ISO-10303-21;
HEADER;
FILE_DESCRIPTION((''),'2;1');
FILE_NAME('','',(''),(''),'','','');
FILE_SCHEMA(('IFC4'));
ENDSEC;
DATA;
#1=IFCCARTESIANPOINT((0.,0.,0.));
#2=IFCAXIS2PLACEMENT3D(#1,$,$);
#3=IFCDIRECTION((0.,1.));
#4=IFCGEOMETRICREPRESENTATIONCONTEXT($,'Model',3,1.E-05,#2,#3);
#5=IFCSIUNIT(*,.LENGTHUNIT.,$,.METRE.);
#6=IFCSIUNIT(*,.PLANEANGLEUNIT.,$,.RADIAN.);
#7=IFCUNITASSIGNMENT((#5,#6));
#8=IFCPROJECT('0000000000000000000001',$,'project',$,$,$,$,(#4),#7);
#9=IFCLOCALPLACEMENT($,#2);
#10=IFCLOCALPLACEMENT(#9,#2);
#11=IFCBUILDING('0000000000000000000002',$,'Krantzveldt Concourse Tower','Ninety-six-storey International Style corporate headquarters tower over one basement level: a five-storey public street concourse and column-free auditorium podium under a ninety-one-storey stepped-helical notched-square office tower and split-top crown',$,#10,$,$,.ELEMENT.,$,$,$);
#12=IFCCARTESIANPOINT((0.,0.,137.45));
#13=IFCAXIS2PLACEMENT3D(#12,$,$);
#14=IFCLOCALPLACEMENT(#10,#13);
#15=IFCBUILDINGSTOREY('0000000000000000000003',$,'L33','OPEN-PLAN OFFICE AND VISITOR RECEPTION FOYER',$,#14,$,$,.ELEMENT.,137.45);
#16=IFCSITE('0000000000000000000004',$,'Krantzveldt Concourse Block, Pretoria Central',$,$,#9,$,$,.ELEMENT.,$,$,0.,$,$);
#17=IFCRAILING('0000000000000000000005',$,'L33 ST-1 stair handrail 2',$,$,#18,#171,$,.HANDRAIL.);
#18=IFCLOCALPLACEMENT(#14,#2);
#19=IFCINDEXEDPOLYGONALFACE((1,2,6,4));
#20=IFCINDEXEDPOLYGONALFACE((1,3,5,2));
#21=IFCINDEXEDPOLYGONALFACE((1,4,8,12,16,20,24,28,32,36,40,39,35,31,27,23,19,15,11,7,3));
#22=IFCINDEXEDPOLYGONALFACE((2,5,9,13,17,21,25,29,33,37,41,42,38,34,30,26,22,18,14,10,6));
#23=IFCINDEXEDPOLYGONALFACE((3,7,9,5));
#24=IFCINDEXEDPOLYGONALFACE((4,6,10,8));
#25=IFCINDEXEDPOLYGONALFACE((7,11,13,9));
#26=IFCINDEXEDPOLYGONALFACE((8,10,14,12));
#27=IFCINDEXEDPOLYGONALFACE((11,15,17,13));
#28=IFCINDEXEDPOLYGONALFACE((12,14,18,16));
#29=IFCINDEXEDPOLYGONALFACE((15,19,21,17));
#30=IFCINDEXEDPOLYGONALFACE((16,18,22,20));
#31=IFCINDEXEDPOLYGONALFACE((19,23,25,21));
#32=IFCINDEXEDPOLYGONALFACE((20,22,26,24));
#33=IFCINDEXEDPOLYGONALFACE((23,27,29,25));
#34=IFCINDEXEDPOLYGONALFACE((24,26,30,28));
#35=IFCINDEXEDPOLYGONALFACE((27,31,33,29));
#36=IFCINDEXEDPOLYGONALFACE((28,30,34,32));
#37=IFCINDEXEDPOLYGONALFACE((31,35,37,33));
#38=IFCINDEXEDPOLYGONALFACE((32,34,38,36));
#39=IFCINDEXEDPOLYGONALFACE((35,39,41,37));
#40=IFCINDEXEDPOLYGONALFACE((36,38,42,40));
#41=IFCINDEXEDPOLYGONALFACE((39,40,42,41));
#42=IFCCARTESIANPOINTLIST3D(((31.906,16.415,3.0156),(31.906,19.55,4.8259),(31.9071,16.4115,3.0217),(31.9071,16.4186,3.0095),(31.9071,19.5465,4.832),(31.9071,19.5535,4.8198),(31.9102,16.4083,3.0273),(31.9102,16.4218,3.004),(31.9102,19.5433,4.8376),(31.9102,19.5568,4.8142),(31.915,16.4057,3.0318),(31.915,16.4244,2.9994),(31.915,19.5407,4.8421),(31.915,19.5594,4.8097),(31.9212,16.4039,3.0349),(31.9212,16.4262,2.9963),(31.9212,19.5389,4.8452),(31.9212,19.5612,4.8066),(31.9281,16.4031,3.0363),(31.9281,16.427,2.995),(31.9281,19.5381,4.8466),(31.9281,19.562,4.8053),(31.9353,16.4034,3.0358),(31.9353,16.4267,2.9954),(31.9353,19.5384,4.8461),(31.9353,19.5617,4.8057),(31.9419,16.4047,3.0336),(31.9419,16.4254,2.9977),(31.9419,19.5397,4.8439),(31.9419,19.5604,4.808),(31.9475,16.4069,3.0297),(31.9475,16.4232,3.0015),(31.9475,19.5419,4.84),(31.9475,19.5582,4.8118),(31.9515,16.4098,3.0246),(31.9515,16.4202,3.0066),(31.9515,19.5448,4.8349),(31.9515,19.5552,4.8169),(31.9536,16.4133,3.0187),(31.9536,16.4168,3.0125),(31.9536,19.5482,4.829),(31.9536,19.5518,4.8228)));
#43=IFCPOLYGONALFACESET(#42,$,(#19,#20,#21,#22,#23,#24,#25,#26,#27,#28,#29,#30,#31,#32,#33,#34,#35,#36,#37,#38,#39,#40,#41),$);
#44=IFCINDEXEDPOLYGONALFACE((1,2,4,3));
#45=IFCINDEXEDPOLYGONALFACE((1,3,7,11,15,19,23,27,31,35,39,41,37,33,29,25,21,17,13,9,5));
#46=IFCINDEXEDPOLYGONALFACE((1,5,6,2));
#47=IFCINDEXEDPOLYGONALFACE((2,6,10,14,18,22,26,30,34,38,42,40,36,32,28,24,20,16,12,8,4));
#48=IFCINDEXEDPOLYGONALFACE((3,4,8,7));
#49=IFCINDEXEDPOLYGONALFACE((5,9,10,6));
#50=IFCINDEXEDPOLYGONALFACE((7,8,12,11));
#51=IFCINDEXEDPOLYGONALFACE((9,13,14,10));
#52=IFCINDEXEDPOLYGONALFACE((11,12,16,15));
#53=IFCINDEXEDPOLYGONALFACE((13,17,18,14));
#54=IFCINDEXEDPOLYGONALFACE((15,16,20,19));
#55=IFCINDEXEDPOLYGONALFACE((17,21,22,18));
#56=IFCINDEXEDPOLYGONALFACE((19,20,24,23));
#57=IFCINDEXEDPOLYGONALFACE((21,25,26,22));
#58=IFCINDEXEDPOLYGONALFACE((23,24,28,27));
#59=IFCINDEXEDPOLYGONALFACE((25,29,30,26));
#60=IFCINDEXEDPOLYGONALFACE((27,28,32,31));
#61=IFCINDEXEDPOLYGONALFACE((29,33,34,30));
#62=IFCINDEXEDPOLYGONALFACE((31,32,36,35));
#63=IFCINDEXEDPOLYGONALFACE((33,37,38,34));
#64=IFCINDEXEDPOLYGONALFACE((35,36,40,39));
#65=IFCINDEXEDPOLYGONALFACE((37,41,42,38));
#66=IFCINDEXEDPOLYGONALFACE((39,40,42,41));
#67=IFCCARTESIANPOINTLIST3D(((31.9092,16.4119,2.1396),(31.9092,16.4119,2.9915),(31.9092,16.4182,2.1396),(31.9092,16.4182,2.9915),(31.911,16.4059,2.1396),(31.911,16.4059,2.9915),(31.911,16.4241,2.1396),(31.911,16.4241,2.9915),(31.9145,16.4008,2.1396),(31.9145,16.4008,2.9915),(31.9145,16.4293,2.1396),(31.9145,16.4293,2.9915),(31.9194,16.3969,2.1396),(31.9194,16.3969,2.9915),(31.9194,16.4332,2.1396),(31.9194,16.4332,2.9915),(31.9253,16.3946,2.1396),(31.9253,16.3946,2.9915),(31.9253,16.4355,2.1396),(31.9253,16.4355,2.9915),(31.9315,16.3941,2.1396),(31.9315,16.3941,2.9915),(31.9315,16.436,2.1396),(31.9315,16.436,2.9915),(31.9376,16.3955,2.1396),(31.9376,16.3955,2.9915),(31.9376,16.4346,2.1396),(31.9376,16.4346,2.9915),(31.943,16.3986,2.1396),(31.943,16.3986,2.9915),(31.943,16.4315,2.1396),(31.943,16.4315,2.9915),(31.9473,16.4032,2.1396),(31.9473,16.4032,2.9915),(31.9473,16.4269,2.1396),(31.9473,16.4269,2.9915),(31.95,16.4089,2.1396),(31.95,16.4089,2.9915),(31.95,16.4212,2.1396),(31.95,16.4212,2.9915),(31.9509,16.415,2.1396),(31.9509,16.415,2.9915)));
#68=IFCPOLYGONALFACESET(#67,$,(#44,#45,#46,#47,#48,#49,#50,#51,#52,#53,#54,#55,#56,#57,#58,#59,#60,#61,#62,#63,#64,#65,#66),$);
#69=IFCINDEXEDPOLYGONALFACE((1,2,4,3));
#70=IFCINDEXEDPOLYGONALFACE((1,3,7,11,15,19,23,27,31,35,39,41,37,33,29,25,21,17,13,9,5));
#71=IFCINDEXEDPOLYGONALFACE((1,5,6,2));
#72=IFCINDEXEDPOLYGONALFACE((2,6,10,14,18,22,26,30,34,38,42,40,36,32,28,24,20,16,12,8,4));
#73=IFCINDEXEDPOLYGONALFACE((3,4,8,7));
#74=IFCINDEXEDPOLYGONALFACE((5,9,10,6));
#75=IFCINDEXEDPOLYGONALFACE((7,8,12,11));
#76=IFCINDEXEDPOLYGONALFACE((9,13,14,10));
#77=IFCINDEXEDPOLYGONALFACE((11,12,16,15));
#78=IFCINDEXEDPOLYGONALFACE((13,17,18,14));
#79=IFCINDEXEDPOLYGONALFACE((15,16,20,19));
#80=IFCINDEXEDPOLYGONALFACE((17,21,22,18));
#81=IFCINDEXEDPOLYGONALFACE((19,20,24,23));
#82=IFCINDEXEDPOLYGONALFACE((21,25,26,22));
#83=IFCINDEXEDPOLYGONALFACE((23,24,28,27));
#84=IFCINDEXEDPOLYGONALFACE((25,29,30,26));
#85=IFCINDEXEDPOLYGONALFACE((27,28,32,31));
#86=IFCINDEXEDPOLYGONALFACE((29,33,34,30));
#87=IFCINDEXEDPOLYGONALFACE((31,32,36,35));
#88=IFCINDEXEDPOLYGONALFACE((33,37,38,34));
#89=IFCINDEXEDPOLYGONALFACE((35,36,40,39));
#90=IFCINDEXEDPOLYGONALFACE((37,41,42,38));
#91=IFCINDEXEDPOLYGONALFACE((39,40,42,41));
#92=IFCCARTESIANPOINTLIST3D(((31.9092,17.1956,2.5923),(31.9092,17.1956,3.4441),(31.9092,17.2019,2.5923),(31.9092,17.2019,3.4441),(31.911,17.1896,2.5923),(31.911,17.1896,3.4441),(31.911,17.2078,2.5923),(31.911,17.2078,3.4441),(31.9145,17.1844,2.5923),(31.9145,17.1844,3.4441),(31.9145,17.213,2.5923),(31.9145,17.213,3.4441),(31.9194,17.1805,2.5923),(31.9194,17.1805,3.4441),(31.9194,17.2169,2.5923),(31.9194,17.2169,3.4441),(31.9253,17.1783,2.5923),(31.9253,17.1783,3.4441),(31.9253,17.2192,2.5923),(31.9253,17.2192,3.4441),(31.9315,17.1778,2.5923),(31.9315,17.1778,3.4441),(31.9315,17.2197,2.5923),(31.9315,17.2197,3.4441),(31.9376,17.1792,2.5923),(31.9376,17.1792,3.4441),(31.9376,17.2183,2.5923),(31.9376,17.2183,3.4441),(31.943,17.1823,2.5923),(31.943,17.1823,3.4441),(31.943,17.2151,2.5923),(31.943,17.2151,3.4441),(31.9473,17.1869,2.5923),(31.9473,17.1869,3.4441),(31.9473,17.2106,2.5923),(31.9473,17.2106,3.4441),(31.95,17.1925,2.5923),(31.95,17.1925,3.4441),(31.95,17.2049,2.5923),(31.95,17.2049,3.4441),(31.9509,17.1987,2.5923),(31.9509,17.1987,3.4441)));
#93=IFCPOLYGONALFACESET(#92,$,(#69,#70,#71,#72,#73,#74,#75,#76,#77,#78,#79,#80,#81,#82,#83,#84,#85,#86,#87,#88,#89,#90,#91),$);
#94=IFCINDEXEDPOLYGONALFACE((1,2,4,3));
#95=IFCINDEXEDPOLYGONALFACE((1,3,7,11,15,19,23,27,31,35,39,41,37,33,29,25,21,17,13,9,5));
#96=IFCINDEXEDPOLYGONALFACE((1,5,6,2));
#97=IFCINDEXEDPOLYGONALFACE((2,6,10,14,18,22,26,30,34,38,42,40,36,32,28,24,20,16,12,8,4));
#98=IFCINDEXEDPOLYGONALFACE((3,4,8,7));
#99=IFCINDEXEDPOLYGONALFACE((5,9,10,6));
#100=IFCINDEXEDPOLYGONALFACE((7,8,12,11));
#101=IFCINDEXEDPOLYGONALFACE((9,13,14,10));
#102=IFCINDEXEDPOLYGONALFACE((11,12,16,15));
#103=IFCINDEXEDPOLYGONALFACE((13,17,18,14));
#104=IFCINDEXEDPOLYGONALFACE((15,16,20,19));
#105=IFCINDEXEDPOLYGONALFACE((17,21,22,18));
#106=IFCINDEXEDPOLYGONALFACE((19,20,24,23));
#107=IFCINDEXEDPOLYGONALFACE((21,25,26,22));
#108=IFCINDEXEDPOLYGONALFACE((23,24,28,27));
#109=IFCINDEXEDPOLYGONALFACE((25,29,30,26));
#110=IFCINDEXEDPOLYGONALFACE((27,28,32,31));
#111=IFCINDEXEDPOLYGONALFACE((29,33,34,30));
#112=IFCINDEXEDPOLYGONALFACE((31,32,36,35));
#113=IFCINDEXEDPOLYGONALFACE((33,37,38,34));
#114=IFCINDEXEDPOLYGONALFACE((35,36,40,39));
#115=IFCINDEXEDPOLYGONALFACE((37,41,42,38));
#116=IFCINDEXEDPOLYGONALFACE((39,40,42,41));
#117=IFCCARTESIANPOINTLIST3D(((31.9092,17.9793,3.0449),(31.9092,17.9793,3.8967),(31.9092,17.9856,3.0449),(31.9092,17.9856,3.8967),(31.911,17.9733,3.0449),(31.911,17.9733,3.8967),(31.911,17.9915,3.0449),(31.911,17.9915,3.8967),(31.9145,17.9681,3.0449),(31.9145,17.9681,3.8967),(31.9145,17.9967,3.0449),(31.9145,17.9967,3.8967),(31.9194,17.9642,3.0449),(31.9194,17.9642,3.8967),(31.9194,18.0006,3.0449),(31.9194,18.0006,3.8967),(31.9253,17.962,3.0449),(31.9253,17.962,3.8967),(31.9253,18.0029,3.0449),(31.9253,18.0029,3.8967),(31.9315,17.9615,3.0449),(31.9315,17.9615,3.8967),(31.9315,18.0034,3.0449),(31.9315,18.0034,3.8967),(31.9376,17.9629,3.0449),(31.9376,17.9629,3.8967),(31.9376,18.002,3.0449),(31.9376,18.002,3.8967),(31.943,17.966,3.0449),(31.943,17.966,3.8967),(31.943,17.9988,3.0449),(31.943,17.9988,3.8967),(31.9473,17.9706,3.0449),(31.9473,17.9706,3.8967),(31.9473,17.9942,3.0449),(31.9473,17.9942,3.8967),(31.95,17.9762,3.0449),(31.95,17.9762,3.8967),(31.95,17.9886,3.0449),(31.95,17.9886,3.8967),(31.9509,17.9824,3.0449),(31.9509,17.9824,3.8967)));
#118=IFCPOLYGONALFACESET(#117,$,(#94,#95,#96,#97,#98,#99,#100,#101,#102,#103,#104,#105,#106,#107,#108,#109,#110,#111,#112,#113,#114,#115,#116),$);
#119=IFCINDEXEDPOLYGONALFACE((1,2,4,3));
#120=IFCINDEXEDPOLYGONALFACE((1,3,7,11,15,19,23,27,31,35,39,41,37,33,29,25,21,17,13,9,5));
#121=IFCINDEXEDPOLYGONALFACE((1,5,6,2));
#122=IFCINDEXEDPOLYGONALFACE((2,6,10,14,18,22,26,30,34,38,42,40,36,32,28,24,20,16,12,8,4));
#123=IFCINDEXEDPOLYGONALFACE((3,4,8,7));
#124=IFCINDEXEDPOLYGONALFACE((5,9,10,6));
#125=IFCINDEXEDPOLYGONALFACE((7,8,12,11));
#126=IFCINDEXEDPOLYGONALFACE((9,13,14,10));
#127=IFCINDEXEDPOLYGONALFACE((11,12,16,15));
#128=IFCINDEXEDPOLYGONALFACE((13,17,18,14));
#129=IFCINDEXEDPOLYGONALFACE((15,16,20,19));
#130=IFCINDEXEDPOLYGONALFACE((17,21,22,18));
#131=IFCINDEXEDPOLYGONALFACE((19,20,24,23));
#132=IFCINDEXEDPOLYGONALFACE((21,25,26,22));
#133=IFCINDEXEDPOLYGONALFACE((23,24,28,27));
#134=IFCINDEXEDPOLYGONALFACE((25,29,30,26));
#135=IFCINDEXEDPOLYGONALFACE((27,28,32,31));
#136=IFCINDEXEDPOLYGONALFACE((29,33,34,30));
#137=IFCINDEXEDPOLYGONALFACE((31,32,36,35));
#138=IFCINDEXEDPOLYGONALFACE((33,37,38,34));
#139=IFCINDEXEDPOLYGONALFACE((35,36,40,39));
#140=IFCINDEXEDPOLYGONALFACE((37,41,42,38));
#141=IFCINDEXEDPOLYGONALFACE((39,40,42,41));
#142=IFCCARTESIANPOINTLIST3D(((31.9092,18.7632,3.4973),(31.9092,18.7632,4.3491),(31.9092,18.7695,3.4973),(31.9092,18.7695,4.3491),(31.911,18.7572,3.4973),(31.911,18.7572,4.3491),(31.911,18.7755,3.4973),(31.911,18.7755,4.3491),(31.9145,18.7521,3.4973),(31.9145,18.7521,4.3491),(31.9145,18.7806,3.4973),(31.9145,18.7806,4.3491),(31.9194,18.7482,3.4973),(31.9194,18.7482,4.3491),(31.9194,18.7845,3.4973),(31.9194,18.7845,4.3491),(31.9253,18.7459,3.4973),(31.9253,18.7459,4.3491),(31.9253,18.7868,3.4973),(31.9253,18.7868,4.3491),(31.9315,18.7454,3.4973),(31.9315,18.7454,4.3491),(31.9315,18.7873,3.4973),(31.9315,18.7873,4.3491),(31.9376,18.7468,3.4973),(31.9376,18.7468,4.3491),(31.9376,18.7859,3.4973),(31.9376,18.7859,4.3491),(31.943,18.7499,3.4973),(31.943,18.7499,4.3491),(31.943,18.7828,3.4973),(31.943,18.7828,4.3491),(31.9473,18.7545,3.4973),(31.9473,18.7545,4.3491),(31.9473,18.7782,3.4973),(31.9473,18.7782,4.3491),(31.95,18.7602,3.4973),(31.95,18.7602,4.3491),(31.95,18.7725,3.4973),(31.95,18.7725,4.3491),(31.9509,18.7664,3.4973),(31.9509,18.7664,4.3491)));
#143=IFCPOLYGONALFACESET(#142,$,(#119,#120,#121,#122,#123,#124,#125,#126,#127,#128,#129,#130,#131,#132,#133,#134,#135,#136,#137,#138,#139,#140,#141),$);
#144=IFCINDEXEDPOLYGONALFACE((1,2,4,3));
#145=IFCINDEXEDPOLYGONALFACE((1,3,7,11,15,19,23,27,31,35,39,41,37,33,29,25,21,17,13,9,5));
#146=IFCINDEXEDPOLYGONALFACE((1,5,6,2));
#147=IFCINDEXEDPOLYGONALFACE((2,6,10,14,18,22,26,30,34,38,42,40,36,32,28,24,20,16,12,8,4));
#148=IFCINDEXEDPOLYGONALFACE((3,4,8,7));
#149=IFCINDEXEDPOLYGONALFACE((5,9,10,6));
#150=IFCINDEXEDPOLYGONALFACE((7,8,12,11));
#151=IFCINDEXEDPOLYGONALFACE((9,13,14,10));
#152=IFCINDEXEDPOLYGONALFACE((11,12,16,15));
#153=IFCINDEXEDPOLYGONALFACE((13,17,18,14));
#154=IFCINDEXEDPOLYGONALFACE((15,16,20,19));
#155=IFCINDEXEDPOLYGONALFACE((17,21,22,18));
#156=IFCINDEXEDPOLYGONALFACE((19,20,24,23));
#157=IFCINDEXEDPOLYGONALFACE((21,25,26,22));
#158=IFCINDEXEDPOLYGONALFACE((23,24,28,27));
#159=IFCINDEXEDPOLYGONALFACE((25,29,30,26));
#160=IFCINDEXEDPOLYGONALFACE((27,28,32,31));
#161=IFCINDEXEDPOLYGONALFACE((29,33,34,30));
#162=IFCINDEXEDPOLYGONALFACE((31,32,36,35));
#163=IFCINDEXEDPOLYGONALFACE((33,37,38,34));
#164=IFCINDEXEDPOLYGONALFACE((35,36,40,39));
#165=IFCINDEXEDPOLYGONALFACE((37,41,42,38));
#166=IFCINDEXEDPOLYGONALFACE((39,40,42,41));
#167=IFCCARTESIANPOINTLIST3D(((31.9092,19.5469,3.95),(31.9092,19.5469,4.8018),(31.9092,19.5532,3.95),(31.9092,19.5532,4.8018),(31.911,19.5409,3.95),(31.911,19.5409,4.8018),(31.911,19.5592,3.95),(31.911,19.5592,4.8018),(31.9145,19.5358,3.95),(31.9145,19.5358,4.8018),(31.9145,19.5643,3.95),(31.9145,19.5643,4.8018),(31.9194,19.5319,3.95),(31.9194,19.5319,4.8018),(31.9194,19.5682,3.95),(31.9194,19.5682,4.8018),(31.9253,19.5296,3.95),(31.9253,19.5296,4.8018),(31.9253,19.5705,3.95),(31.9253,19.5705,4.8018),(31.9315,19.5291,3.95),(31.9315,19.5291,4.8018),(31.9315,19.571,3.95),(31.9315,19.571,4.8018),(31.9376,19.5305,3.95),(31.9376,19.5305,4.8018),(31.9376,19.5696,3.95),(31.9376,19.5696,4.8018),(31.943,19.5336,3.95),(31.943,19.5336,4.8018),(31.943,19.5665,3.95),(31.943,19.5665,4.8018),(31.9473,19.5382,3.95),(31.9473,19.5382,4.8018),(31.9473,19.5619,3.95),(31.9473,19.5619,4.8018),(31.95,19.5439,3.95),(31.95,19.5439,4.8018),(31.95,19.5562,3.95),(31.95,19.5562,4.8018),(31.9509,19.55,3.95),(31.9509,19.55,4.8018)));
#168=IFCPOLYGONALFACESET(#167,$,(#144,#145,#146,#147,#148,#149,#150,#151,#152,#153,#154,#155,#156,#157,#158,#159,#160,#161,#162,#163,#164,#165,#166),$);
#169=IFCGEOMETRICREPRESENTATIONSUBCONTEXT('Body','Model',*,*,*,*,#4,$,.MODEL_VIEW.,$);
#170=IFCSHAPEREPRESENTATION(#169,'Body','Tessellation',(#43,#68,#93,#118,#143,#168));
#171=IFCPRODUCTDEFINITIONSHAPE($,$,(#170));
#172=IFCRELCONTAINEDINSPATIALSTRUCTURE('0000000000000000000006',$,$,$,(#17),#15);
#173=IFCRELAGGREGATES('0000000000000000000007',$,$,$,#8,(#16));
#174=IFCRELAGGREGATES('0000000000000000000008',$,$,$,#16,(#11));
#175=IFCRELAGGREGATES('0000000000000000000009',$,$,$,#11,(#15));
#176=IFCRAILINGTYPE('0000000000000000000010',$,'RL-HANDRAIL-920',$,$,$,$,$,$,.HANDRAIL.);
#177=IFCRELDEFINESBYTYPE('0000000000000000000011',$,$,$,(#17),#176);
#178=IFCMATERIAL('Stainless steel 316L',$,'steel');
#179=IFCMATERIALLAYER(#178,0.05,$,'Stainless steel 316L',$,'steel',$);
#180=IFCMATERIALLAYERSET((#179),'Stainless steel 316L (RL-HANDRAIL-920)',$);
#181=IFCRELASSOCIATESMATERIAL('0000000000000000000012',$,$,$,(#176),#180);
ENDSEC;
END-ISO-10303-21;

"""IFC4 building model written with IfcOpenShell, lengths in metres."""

from ifc_helpers import new_model, si_unit, direction, frame, origin, origin_2d, place, context, subcontext, project, spatial, circle, extrude, material, layer, layer_set, type_object, element, save


model = new_model("IFC4")

# Units and contexts
model_context = context("Model", 3, precision=1e-05, world=origin(), true_north=direction((0.0, 1.0)))
body_context = subcontext(model_context, "Body", "Model", "MODEL_VIEW")
ifc_project = project(units=[si_unit("LENGTHUNIT", "METRE"), si_unit("PLANEANGLEUNIT", "RADIAN")], contexts=[model_context])

# Site, building, storey
site_placement = place(None, origin())
site = spatial("IfcSite", under=ifc_project, at=site_placement, Name="Krantzveldt Concourse Block, Pretoria Central", CompositionType="ELEMENT", RefElevation=0.0)
building_placement = place(site_placement, origin())
building = spatial("IfcBuilding", under=site, at=building_placement, Name="Krantzveldt Concourse Tower", Description="Ninety-six-storey International Style corporate headquarters tower over one basement level: a five-storey public street concourse and column-free auditorium podium under a ninety-one-storey stepped-helical notched-square office tower and split-top crown", CompositionType="ELEMENT")
storey_placement = place(building_placement, frame((0.0, 0.0, 137.45)))
storey = spatial("IfcBuildingStorey", under=building, at=storey_placement, Name="L33", Description="OPEN-PLAN OFFICE AND VISITOR RECEPTION FOYER", CompositionType="ELEMENT", Elevation=137.45)

# Shared definitions
ifc_material_1 = material(Name="Stainless steel 316L", Category="steel")

# Railing
ifc_layer_1 = layer(ifc_material_1, 0.05, Name="Stainless steel 316L", Category="steel")
ifc_layer_set_1 = layer_set([ifc_layer_1], Name="Stainless steel 316L (RL-HANDRAIL-920)")
railing_type_1 = type_object("IfcRailingType", Name="RL-HANDRAIL-920", PredefinedType="HANDRAIL", material=ifc_layer_set_1)
railing_1_placement = place(storey_placement, frame((31.9299, 16.415, 2.1396)))
element("IfcRailing", 1, at=railing_1_placement, inside=storey, type_object=railing_type_1, Name="L33 ST-1 stair handrail 2", PredefinedType="HANDRAIL", context=body_context, shape_type="SweptSolid", body=[
    extrude(circle(Radius=0.0239, at=origin_2d()), frame((0.0, 0.0, 0.876), z_axis=(0.0, 0.865989, 0.500063), x_axis=(-1.0, 0.0, 0.0)), (0.0, 0.0, 1.0), 3.6201),
    extrude(circle(Radius=0.021, at=origin_2d()), origin(), (0.0, 0.0, 1.0), 0.8518),
    extrude(circle(Radius=0.021, at=origin_2d()), frame((0.0, 0.7837, 0.4526)), (0.0, 0.0, 1.0), 0.8518),
    extrude(circle(Radius=0.021, at=origin_2d()), frame((0.0, 1.5674, 0.9053)), (0.0, 0.0, 1.0), 0.8518),
    extrude(circle(Radius=0.021, at=origin_2d()), frame((0.0, 2.3513, 1.3577)), (0.0, 0.0, 1.0), 0.8518),
    extrude(circle(Radius=0.021, at=origin_2d()), frame((0.0, 3.135, 1.8103)), (0.0, 0.0, 1.0), 0.8518),
])

save(model, "model.ifc")
